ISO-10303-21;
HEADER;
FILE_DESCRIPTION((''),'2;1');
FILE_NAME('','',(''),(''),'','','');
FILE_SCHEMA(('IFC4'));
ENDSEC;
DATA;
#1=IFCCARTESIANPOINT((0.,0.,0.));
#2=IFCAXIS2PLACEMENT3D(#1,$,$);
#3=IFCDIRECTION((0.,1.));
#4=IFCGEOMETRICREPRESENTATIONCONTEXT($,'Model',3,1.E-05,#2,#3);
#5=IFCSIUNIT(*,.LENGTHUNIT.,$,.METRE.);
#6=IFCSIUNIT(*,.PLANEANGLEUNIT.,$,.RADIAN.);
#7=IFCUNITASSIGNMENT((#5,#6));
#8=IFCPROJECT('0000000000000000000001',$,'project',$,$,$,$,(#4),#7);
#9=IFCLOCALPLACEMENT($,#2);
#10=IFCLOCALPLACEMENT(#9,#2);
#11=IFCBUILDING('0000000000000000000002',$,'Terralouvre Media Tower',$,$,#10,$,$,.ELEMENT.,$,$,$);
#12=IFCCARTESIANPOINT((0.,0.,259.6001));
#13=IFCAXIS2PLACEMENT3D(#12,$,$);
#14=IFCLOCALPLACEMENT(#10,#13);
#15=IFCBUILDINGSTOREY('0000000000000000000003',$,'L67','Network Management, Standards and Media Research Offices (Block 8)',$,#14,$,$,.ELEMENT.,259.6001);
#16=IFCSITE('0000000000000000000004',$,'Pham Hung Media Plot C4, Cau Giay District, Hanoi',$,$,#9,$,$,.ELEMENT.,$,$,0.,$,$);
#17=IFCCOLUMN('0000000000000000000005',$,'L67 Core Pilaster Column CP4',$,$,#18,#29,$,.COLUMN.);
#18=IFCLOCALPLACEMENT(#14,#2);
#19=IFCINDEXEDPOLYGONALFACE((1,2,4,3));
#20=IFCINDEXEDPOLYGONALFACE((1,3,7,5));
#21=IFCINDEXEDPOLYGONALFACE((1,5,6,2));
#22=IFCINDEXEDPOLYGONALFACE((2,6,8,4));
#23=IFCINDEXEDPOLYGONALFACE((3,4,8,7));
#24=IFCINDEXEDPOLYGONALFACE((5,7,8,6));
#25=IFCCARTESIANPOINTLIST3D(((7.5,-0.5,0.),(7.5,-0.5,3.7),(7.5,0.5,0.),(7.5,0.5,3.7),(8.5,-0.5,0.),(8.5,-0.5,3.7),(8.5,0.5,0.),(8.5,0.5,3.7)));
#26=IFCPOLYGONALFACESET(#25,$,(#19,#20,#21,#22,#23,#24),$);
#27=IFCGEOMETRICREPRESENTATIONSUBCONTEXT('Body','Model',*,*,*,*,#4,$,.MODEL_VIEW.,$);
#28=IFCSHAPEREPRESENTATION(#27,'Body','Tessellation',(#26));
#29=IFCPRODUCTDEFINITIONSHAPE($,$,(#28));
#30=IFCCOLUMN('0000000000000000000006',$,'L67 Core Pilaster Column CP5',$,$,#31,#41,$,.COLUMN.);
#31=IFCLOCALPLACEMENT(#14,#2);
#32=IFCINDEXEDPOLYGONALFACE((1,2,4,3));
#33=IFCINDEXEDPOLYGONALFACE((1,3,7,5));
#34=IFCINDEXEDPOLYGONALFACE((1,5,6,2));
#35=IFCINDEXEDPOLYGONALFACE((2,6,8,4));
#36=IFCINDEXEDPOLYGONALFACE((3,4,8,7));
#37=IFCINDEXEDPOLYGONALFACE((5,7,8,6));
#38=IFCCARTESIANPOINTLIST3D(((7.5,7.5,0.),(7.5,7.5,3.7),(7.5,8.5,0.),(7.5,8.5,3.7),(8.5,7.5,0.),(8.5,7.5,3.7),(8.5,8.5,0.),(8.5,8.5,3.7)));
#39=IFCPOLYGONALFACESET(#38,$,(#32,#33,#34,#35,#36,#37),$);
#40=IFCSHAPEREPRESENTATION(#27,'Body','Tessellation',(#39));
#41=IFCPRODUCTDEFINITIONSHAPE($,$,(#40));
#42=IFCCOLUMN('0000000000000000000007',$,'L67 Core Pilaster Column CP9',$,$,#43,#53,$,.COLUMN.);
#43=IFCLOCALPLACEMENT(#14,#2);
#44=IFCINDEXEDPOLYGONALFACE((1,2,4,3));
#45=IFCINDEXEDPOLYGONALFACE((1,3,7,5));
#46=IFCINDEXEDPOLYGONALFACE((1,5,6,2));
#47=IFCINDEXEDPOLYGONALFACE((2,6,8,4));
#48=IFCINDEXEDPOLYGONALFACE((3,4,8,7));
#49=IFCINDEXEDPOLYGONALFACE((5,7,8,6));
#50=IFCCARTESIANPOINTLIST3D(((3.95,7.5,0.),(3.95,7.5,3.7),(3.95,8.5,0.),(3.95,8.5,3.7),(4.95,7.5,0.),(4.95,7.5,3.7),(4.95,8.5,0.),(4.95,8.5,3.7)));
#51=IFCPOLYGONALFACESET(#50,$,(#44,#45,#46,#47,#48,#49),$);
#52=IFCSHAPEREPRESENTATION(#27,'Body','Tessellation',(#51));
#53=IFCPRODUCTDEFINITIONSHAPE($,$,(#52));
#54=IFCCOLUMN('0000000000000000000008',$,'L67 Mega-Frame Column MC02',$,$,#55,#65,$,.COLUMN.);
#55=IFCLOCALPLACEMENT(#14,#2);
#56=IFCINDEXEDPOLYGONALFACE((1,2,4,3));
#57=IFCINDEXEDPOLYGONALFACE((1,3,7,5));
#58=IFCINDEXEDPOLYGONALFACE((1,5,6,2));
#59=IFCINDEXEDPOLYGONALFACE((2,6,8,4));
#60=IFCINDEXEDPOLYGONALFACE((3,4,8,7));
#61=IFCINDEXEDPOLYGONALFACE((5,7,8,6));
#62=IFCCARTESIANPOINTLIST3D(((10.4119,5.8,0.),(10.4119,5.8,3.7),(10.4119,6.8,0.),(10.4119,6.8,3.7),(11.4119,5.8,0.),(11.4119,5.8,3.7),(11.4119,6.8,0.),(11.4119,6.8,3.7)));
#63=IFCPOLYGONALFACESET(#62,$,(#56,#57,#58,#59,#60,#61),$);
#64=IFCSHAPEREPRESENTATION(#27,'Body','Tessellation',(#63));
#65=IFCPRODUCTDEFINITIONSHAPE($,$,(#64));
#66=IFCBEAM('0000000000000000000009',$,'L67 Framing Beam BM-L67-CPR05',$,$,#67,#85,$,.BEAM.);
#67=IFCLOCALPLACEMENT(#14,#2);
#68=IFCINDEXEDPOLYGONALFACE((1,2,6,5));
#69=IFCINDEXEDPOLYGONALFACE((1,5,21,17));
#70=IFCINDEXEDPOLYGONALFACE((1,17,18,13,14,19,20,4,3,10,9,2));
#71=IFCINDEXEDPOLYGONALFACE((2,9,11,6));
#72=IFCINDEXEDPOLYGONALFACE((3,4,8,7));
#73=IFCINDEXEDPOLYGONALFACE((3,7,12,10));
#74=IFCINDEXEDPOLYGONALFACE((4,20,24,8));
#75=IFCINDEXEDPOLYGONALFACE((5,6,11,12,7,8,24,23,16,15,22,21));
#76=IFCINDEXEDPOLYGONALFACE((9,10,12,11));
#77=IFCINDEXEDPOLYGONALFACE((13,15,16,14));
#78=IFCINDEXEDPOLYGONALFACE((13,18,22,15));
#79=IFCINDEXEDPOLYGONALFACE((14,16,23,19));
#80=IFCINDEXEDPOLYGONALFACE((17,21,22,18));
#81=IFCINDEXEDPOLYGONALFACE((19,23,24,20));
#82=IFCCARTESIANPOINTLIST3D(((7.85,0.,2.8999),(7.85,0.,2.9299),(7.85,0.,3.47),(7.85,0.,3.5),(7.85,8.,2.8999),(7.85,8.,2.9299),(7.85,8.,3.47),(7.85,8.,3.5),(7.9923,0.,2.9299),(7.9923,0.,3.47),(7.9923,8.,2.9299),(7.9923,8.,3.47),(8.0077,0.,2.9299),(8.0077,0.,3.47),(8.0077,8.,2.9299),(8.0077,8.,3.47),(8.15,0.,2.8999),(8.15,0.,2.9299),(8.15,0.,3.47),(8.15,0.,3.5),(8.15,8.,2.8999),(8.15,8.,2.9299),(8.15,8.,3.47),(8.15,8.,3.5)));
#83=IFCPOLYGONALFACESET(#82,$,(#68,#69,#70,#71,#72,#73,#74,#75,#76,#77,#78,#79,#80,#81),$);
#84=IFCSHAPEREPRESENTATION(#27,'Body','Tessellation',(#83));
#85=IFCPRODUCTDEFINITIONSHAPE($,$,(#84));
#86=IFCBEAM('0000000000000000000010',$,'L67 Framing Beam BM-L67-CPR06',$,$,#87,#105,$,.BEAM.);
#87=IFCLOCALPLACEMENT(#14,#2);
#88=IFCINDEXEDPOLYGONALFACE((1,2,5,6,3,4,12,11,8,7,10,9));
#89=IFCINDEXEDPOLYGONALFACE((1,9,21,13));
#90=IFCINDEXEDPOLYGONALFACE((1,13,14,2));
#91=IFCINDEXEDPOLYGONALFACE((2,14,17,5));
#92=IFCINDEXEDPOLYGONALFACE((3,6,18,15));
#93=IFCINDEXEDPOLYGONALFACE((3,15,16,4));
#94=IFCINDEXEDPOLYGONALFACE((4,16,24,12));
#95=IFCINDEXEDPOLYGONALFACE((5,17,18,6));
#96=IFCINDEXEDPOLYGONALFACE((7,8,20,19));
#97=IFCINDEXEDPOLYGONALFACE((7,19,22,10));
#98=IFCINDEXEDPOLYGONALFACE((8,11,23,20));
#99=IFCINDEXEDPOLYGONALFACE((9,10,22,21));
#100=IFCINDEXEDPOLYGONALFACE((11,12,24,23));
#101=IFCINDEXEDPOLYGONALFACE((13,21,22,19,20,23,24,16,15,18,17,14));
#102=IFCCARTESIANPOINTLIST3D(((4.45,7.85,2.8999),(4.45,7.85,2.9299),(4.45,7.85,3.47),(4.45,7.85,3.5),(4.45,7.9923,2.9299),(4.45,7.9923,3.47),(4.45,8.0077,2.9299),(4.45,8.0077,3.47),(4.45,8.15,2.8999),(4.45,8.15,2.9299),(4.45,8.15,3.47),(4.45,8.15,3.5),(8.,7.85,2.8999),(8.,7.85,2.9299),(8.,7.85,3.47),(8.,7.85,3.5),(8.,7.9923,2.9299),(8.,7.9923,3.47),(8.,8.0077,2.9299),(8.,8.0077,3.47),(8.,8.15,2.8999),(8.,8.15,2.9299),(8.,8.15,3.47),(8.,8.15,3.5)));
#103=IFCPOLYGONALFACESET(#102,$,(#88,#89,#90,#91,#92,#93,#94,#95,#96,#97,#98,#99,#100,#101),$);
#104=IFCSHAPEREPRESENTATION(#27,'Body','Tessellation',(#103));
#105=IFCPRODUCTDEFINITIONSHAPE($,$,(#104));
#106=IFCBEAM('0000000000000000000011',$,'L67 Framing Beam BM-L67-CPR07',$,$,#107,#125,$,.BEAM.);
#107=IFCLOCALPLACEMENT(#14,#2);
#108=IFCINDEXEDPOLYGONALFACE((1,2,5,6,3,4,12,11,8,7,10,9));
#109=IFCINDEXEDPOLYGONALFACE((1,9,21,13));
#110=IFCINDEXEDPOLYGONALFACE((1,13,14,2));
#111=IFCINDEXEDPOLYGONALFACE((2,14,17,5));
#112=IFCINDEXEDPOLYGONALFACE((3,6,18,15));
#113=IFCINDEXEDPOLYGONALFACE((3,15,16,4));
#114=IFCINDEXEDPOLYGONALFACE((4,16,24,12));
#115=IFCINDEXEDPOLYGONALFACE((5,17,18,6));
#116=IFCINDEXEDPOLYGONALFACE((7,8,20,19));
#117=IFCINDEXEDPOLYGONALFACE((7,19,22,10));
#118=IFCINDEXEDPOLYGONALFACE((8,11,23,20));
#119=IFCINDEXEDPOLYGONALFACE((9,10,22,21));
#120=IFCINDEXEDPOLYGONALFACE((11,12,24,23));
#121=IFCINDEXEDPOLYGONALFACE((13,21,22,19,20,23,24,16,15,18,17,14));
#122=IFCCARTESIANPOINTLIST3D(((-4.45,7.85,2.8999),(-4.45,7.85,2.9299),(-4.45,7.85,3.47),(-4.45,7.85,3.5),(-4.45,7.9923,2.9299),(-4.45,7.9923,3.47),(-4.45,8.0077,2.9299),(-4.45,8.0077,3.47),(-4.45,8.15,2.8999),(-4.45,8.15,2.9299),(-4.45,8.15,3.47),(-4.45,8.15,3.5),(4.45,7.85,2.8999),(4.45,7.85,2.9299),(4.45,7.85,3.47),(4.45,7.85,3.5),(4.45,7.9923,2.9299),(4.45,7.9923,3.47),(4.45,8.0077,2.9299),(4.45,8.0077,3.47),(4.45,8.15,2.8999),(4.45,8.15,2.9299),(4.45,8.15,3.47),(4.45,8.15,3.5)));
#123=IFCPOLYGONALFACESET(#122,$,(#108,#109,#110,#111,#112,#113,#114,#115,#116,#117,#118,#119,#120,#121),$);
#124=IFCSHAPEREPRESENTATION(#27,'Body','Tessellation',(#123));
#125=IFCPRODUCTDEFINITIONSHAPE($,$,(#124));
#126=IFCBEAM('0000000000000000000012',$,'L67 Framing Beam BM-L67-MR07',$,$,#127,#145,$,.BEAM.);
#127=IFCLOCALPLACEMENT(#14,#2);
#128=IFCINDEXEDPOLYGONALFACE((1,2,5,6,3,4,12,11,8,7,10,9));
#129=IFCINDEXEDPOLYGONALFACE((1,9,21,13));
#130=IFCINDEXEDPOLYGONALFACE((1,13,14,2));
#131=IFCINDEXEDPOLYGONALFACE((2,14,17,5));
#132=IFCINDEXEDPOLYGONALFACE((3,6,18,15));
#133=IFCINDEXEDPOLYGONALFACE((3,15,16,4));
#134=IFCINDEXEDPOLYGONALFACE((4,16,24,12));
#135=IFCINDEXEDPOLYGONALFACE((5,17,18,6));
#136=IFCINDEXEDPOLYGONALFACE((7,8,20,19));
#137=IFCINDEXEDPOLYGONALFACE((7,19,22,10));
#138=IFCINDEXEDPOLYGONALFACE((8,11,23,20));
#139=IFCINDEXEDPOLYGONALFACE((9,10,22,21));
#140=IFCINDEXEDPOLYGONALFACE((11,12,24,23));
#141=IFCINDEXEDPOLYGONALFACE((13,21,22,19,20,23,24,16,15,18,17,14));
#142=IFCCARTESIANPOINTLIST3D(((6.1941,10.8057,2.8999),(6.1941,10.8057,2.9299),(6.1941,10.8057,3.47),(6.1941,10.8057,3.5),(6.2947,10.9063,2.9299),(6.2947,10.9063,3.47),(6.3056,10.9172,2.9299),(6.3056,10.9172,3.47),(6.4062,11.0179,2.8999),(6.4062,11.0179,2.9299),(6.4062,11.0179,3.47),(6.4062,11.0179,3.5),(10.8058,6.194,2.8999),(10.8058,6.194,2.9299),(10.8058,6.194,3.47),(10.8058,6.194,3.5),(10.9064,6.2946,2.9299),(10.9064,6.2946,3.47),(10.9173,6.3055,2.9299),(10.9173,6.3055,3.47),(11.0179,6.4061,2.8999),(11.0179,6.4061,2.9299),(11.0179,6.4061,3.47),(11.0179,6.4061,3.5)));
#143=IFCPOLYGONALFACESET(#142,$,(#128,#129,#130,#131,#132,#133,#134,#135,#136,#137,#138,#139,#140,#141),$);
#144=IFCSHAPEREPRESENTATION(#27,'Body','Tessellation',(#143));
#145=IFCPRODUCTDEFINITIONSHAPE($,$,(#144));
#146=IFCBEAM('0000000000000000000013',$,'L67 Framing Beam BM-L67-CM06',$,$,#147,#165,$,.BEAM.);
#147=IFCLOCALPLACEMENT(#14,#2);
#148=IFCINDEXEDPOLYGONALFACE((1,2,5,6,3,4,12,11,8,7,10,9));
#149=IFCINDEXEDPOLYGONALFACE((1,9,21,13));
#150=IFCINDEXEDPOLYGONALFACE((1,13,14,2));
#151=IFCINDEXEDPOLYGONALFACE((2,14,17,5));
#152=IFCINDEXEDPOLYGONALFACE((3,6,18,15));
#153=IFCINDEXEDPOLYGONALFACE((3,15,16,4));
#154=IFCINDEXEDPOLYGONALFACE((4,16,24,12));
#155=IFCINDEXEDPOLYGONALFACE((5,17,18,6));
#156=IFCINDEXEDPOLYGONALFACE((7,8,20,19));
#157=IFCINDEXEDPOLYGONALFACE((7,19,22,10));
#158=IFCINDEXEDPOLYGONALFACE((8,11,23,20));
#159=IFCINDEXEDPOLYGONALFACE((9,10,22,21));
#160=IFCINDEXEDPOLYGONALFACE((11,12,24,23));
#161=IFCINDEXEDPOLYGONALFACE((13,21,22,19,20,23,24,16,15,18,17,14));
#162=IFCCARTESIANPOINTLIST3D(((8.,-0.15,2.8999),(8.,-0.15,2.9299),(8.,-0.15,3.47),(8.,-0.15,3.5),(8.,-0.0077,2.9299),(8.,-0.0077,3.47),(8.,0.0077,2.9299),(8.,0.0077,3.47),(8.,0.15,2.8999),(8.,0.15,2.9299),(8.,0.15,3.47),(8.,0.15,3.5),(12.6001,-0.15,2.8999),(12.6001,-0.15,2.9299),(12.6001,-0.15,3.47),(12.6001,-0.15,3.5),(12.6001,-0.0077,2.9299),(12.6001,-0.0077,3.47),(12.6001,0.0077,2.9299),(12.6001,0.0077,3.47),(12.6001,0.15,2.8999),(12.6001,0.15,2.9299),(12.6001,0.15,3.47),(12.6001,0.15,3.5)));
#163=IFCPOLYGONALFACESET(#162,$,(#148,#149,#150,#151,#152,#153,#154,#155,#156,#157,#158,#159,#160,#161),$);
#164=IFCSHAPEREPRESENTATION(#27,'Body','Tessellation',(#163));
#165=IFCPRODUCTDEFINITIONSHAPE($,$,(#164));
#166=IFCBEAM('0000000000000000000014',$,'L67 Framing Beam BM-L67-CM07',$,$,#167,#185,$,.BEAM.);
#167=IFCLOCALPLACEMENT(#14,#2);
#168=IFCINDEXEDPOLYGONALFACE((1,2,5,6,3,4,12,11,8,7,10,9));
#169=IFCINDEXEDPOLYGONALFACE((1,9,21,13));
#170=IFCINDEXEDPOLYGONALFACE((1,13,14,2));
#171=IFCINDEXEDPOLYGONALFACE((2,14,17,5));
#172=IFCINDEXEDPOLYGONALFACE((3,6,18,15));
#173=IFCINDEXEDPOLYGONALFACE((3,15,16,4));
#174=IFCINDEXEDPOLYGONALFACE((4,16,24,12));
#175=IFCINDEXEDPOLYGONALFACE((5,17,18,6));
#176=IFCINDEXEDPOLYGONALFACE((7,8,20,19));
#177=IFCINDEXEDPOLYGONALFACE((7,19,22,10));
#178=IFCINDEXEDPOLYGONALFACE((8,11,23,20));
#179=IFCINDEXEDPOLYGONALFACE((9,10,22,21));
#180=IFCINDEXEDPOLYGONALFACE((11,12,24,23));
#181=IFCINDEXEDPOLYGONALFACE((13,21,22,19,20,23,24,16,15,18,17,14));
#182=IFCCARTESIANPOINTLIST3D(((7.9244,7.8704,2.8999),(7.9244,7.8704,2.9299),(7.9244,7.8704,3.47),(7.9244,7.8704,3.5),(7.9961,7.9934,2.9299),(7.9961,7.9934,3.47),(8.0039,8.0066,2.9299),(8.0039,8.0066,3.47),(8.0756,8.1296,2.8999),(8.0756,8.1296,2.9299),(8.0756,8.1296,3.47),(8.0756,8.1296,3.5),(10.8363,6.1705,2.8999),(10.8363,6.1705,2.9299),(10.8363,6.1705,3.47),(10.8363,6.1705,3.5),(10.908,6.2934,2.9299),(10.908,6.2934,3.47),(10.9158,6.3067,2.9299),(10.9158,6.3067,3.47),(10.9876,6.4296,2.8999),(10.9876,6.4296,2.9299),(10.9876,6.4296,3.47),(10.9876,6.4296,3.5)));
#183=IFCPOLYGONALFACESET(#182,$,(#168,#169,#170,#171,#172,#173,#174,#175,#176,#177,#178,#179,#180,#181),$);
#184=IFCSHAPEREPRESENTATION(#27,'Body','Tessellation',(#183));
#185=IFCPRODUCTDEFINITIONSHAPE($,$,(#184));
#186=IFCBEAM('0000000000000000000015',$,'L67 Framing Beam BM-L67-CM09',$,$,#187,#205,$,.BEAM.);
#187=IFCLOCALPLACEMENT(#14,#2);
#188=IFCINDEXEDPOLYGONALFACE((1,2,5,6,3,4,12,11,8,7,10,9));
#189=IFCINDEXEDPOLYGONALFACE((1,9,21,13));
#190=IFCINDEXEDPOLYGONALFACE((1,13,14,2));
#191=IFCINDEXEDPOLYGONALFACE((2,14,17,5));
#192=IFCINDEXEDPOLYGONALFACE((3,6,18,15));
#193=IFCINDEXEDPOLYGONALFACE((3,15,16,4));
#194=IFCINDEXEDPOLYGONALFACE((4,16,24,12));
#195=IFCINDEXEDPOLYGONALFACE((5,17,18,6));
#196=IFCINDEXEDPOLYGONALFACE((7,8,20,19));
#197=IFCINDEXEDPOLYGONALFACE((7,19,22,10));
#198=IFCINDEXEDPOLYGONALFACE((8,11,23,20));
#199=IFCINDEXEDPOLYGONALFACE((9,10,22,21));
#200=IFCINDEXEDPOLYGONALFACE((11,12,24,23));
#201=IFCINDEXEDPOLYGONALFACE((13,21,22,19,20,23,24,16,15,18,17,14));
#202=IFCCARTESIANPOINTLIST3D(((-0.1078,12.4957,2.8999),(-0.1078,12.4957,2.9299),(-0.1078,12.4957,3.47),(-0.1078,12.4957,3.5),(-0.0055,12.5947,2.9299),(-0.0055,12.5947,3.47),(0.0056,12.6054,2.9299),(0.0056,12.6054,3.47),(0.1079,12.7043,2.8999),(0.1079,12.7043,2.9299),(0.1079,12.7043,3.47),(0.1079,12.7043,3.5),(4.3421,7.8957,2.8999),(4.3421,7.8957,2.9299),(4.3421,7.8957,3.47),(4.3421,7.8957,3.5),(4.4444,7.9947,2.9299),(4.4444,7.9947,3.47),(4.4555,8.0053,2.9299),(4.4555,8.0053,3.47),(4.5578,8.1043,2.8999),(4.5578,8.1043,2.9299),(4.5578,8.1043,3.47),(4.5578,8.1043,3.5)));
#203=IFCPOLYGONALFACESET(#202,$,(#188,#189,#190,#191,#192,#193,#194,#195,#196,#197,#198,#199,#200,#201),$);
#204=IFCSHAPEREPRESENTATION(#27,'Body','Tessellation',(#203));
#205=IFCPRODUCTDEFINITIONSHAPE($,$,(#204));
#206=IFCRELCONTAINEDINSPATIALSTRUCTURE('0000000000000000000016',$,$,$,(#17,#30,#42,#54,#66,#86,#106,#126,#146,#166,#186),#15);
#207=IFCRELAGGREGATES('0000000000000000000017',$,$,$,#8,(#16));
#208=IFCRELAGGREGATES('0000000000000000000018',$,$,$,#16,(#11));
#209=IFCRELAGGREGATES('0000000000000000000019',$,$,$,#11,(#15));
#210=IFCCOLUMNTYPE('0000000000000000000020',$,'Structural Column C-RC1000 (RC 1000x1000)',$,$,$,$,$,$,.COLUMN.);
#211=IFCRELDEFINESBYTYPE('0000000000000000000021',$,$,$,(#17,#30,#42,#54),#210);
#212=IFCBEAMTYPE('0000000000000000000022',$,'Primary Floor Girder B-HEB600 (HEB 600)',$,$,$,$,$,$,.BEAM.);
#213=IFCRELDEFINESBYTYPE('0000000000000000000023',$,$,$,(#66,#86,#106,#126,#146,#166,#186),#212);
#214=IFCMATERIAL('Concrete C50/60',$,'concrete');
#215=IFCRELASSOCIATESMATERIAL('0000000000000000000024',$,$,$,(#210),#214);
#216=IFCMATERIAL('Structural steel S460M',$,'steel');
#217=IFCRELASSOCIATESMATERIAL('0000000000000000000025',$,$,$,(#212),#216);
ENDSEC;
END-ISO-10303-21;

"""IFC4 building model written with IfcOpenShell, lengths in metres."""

from ifc_helpers import new_model, si_unit, direction, frame, origin, origin_2d, place, context, subcontext, project, spatial, rectangle, i_section, extrude, material, material_profile, profile_set, type_object, element, save


model = new_model("IFC4")

# Units and contexts
model_context = context("Model", 3, precision=1e-05, world=origin(), true_north=direction((0.0, 1.0)))
body_context = subcontext(model_context, "Body", "Model", "MODEL_VIEW")
ifc_project = project(units=[si_unit("LENGTHUNIT", "METRE"), si_unit("PLANEANGLEUNIT", "RADIAN")], contexts=[model_context])

# Site, building, storey
site_placement = place(None, origin())
site = spatial("IfcSite", under=ifc_project, at=site_placement, Name="Pham Hung Media Plot C4, Cau Giay District, Hanoi", CompositionType="ELEMENT", RefElevation=0.0)
building_placement = place(site_placement, origin())
building = spatial("IfcBuilding", under=site, at=building_placement, Name="Terralouvre Media Tower", CompositionType="ELEMENT")
storey_placement = place(building_placement, frame((0.0, 0.0, 259.6001)))
storey = spatial("IfcBuildingStorey", under=building, at=storey_placement, Name="L67", Description="Network Management, Standards and Media Research Offices (Block 8)", CompositionType="ELEMENT", Elevation=259.6001)

# Columns
ifc_material_1 = material(Name="Concrete C50/60", Category="concrete")
ifc_material_profile_1 = material_profile(ifc_material_1, rectangle(XDim=1.0, YDim=1.0, at=origin_2d()), Name="RC 1000x1000")
ifc_profile_set_1 = profile_set([ifc_material_profile_1], Name="Concrete C50/60")
column_type = type_object("IfcColumnType", Name="Structural Column C-RC1000 (RC 1000x1000)", PredefinedType="COLUMN", material=ifc_profile_set_1)
for number, where, z_axis, x_axis, name in (
    (1, (8.0, 0.0, 0.0), (0.0, 0.0, 1.0), (1.0, 0.0, 0.0), "L67 Core Pilaster Column CP4"),
    (2, (8.0, 8.0, 0.0), (0.0, 0.0, 1.0), (1.0, 0.0, 0.0), "L67 Core Pilaster Column CP5"),
    (3, (4.45, 8.0, 0.0), (0.0, 0.0, 1.0), (1.0, 0.0, 0.0), "L67 Core Pilaster Column CP9"),
    (4, (10.9119, 6.3, 0.0), (0.0, 0.0, 1.0), (1.0, 0.0, 0.0), "L67 Mega-Frame Column MC02"),
):
    element("IfcColumn", number, at=place(storey_placement, frame(where, z_axis=z_axis, x_axis=x_axis)), inside=storey, type_object=column_type, Name=name, PredefinedType="COLUMN", context=body_context, shape_type="SweptSolid", body=[
        extrude(rectangle(XDim=1.0, YDim=1.0, at=origin_2d()), origin(), (0.0, 0.0, 1.0), 3.7),
    ])

# Beams
ifc_material_2 = material(Name="Structural steel S460M", Category="steel")
ifc_material_profile_2 = material_profile(ifc_material_2, i_section(OverallWidth=0.3, OverallDepth=0.6001, WebThickness=0.0154, FlangeThickness=0.03, at=origin_2d()), Name="HEB 600")
ifc_profile_set_2 = profile_set([ifc_material_profile_2], Name="Structural steel S460M")
beam_type = type_object("IfcBeamType", Name="Primary Floor Girder B-HEB600 (HEB 600)", PredefinedType="BEAM", material=ifc_profile_set_2)
beam_1_placement = place(storey_placement, frame((8.0, 0.0, 3.2), z_axis=(0.0, 1.0, 0.0), x_axis=(-1.0, 0.0, 0.0)))
element("IfcBeam", 5, at=beam_1_placement, inside=storey, type_object=beam_type, Name="L67 Framing Beam BM-L67-CPR05", PredefinedType="BEAM", context=body_context, shape_type="SweptSolid", body=[
    extrude(i_section(OverallWidth=0.3, OverallDepth=0.6001, WebThickness=0.0154, FlangeThickness=0.03, at=origin_2d()), origin(), (0.0, 0.0, 1.0), 8.0),
])
beam_2_placement = place(storey_placement, frame((8.0, 8.0, 3.2), z_axis=(-1.0, 0.0, 0.0), x_axis=(0.0, -1.0, 0.0)))
element("IfcBeam", 6, at=beam_2_placement, inside=storey, type_object=beam_type, Name="L67 Framing Beam BM-L67-CPR06", PredefinedType="BEAM", context=body_context, shape_type="SweptSolid", body=[
    extrude(i_section(OverallWidth=0.3, OverallDepth=0.6001, WebThickness=0.0154, FlangeThickness=0.03, at=origin_2d()), origin(), (0.0, 0.0, 1.0), 3.55),
])
beam_3_placement = place(storey_placement, frame((4.45, 8.0, 3.2), z_axis=(-1.0, 0.0, 0.0), x_axis=(0.0, -1.0, 0.0)))
element("IfcBeam", 7, at=beam_3_placement, inside=storey, type_object=beam_type, Name="L67 Framing Beam BM-L67-CPR07", PredefinedType="BEAM", context=body_context, shape_type="SweptSolid", body=[
    extrude(i_section(OverallWidth=0.3, OverallDepth=0.6001, WebThickness=0.0154, FlangeThickness=0.03, at=origin_2d()), origin(), (0.0, 0.0, 1.0), 8.8999),
])
beam_4_placement = place(storey_placement, frame((10.9119, 6.3, 3.2), z_axis=(-0.707107, 0.707107, 0.0), x_axis=(-0.707107, -0.707107, 0.0)))
element("IfcBeam", 8, at=beam_4_placement, inside=storey, type_object=beam_type, Name="L67 Framing Beam BM-L67-MR07", PredefinedType="BEAM", context=body_context, shape_type="SweptSolid", body=[
    extrude(i_section(OverallWidth=0.3, OverallDepth=0.6001, WebThickness=0.0154, FlangeThickness=0.03, at=origin_2d()), origin(), (0.0, 0.0, 1.0), 6.522),
])
beam_5_placement = place(storey_placement, frame((8.0, 0.0, 3.2), z_axis=(1.0, 0.0, 0.0), x_axis=(0.0, 1.0, 0.0)))
element("IfcBeam", 9, at=beam_5_placement, inside=storey, type_object=beam_type, Name="L67 Framing Beam BM-L67-CM06", PredefinedType="BEAM", context=body_context, shape_type="SweptSolid", body=[
    extrude(i_section(OverallWidth=0.3, OverallDepth=0.6001, WebThickness=0.0154, FlangeThickness=0.03, at=origin_2d()), origin(), (0.0, 0.0, 1.0), 4.6001),
])
beam_6_placement = place(storey_placement, frame((8.0, 8.0, 3.2), z_axis=(0.863603, -0.504173, 0.0), x_axis=(0.504173, 0.863603, 0.0)))
element("IfcBeam", 10, at=beam_6_placement, inside=storey, type_object=beam_type, Name="L67 Framing Beam BM-L67-CM07", PredefinedType="BEAM", context=body_context, shape_type="SweptSolid", body=[
    extrude(i_section(OverallWidth=0.3, OverallDepth=0.6001, WebThickness=0.0154, FlangeThickness=0.03, at=origin_2d()), origin(), (0.0, 0.0, 1.0), 3.3718),
])
beam_7_placement = place(storey_placement, frame((4.45, 8.0, 3.2), z_axis=(-0.69528, 0.718739, 0.0), x_axis=(-0.718739, -0.69528, 0.0)))
element("IfcBeam", 11, at=beam_7_placement, inside=storey, type_object=beam_type, Name="L67 Framing Beam BM-L67-CM09", PredefinedType="BEAM", context=body_context, shape_type="SweptSolid", body=[
    extrude(i_section(OverallWidth=0.3, OverallDepth=0.6001, WebThickness=0.0154, FlangeThickness=0.03, at=origin_2d()), origin(), (0.0, 0.0, 1.0), 6.4001),
])

save(model, "model.ifc")
